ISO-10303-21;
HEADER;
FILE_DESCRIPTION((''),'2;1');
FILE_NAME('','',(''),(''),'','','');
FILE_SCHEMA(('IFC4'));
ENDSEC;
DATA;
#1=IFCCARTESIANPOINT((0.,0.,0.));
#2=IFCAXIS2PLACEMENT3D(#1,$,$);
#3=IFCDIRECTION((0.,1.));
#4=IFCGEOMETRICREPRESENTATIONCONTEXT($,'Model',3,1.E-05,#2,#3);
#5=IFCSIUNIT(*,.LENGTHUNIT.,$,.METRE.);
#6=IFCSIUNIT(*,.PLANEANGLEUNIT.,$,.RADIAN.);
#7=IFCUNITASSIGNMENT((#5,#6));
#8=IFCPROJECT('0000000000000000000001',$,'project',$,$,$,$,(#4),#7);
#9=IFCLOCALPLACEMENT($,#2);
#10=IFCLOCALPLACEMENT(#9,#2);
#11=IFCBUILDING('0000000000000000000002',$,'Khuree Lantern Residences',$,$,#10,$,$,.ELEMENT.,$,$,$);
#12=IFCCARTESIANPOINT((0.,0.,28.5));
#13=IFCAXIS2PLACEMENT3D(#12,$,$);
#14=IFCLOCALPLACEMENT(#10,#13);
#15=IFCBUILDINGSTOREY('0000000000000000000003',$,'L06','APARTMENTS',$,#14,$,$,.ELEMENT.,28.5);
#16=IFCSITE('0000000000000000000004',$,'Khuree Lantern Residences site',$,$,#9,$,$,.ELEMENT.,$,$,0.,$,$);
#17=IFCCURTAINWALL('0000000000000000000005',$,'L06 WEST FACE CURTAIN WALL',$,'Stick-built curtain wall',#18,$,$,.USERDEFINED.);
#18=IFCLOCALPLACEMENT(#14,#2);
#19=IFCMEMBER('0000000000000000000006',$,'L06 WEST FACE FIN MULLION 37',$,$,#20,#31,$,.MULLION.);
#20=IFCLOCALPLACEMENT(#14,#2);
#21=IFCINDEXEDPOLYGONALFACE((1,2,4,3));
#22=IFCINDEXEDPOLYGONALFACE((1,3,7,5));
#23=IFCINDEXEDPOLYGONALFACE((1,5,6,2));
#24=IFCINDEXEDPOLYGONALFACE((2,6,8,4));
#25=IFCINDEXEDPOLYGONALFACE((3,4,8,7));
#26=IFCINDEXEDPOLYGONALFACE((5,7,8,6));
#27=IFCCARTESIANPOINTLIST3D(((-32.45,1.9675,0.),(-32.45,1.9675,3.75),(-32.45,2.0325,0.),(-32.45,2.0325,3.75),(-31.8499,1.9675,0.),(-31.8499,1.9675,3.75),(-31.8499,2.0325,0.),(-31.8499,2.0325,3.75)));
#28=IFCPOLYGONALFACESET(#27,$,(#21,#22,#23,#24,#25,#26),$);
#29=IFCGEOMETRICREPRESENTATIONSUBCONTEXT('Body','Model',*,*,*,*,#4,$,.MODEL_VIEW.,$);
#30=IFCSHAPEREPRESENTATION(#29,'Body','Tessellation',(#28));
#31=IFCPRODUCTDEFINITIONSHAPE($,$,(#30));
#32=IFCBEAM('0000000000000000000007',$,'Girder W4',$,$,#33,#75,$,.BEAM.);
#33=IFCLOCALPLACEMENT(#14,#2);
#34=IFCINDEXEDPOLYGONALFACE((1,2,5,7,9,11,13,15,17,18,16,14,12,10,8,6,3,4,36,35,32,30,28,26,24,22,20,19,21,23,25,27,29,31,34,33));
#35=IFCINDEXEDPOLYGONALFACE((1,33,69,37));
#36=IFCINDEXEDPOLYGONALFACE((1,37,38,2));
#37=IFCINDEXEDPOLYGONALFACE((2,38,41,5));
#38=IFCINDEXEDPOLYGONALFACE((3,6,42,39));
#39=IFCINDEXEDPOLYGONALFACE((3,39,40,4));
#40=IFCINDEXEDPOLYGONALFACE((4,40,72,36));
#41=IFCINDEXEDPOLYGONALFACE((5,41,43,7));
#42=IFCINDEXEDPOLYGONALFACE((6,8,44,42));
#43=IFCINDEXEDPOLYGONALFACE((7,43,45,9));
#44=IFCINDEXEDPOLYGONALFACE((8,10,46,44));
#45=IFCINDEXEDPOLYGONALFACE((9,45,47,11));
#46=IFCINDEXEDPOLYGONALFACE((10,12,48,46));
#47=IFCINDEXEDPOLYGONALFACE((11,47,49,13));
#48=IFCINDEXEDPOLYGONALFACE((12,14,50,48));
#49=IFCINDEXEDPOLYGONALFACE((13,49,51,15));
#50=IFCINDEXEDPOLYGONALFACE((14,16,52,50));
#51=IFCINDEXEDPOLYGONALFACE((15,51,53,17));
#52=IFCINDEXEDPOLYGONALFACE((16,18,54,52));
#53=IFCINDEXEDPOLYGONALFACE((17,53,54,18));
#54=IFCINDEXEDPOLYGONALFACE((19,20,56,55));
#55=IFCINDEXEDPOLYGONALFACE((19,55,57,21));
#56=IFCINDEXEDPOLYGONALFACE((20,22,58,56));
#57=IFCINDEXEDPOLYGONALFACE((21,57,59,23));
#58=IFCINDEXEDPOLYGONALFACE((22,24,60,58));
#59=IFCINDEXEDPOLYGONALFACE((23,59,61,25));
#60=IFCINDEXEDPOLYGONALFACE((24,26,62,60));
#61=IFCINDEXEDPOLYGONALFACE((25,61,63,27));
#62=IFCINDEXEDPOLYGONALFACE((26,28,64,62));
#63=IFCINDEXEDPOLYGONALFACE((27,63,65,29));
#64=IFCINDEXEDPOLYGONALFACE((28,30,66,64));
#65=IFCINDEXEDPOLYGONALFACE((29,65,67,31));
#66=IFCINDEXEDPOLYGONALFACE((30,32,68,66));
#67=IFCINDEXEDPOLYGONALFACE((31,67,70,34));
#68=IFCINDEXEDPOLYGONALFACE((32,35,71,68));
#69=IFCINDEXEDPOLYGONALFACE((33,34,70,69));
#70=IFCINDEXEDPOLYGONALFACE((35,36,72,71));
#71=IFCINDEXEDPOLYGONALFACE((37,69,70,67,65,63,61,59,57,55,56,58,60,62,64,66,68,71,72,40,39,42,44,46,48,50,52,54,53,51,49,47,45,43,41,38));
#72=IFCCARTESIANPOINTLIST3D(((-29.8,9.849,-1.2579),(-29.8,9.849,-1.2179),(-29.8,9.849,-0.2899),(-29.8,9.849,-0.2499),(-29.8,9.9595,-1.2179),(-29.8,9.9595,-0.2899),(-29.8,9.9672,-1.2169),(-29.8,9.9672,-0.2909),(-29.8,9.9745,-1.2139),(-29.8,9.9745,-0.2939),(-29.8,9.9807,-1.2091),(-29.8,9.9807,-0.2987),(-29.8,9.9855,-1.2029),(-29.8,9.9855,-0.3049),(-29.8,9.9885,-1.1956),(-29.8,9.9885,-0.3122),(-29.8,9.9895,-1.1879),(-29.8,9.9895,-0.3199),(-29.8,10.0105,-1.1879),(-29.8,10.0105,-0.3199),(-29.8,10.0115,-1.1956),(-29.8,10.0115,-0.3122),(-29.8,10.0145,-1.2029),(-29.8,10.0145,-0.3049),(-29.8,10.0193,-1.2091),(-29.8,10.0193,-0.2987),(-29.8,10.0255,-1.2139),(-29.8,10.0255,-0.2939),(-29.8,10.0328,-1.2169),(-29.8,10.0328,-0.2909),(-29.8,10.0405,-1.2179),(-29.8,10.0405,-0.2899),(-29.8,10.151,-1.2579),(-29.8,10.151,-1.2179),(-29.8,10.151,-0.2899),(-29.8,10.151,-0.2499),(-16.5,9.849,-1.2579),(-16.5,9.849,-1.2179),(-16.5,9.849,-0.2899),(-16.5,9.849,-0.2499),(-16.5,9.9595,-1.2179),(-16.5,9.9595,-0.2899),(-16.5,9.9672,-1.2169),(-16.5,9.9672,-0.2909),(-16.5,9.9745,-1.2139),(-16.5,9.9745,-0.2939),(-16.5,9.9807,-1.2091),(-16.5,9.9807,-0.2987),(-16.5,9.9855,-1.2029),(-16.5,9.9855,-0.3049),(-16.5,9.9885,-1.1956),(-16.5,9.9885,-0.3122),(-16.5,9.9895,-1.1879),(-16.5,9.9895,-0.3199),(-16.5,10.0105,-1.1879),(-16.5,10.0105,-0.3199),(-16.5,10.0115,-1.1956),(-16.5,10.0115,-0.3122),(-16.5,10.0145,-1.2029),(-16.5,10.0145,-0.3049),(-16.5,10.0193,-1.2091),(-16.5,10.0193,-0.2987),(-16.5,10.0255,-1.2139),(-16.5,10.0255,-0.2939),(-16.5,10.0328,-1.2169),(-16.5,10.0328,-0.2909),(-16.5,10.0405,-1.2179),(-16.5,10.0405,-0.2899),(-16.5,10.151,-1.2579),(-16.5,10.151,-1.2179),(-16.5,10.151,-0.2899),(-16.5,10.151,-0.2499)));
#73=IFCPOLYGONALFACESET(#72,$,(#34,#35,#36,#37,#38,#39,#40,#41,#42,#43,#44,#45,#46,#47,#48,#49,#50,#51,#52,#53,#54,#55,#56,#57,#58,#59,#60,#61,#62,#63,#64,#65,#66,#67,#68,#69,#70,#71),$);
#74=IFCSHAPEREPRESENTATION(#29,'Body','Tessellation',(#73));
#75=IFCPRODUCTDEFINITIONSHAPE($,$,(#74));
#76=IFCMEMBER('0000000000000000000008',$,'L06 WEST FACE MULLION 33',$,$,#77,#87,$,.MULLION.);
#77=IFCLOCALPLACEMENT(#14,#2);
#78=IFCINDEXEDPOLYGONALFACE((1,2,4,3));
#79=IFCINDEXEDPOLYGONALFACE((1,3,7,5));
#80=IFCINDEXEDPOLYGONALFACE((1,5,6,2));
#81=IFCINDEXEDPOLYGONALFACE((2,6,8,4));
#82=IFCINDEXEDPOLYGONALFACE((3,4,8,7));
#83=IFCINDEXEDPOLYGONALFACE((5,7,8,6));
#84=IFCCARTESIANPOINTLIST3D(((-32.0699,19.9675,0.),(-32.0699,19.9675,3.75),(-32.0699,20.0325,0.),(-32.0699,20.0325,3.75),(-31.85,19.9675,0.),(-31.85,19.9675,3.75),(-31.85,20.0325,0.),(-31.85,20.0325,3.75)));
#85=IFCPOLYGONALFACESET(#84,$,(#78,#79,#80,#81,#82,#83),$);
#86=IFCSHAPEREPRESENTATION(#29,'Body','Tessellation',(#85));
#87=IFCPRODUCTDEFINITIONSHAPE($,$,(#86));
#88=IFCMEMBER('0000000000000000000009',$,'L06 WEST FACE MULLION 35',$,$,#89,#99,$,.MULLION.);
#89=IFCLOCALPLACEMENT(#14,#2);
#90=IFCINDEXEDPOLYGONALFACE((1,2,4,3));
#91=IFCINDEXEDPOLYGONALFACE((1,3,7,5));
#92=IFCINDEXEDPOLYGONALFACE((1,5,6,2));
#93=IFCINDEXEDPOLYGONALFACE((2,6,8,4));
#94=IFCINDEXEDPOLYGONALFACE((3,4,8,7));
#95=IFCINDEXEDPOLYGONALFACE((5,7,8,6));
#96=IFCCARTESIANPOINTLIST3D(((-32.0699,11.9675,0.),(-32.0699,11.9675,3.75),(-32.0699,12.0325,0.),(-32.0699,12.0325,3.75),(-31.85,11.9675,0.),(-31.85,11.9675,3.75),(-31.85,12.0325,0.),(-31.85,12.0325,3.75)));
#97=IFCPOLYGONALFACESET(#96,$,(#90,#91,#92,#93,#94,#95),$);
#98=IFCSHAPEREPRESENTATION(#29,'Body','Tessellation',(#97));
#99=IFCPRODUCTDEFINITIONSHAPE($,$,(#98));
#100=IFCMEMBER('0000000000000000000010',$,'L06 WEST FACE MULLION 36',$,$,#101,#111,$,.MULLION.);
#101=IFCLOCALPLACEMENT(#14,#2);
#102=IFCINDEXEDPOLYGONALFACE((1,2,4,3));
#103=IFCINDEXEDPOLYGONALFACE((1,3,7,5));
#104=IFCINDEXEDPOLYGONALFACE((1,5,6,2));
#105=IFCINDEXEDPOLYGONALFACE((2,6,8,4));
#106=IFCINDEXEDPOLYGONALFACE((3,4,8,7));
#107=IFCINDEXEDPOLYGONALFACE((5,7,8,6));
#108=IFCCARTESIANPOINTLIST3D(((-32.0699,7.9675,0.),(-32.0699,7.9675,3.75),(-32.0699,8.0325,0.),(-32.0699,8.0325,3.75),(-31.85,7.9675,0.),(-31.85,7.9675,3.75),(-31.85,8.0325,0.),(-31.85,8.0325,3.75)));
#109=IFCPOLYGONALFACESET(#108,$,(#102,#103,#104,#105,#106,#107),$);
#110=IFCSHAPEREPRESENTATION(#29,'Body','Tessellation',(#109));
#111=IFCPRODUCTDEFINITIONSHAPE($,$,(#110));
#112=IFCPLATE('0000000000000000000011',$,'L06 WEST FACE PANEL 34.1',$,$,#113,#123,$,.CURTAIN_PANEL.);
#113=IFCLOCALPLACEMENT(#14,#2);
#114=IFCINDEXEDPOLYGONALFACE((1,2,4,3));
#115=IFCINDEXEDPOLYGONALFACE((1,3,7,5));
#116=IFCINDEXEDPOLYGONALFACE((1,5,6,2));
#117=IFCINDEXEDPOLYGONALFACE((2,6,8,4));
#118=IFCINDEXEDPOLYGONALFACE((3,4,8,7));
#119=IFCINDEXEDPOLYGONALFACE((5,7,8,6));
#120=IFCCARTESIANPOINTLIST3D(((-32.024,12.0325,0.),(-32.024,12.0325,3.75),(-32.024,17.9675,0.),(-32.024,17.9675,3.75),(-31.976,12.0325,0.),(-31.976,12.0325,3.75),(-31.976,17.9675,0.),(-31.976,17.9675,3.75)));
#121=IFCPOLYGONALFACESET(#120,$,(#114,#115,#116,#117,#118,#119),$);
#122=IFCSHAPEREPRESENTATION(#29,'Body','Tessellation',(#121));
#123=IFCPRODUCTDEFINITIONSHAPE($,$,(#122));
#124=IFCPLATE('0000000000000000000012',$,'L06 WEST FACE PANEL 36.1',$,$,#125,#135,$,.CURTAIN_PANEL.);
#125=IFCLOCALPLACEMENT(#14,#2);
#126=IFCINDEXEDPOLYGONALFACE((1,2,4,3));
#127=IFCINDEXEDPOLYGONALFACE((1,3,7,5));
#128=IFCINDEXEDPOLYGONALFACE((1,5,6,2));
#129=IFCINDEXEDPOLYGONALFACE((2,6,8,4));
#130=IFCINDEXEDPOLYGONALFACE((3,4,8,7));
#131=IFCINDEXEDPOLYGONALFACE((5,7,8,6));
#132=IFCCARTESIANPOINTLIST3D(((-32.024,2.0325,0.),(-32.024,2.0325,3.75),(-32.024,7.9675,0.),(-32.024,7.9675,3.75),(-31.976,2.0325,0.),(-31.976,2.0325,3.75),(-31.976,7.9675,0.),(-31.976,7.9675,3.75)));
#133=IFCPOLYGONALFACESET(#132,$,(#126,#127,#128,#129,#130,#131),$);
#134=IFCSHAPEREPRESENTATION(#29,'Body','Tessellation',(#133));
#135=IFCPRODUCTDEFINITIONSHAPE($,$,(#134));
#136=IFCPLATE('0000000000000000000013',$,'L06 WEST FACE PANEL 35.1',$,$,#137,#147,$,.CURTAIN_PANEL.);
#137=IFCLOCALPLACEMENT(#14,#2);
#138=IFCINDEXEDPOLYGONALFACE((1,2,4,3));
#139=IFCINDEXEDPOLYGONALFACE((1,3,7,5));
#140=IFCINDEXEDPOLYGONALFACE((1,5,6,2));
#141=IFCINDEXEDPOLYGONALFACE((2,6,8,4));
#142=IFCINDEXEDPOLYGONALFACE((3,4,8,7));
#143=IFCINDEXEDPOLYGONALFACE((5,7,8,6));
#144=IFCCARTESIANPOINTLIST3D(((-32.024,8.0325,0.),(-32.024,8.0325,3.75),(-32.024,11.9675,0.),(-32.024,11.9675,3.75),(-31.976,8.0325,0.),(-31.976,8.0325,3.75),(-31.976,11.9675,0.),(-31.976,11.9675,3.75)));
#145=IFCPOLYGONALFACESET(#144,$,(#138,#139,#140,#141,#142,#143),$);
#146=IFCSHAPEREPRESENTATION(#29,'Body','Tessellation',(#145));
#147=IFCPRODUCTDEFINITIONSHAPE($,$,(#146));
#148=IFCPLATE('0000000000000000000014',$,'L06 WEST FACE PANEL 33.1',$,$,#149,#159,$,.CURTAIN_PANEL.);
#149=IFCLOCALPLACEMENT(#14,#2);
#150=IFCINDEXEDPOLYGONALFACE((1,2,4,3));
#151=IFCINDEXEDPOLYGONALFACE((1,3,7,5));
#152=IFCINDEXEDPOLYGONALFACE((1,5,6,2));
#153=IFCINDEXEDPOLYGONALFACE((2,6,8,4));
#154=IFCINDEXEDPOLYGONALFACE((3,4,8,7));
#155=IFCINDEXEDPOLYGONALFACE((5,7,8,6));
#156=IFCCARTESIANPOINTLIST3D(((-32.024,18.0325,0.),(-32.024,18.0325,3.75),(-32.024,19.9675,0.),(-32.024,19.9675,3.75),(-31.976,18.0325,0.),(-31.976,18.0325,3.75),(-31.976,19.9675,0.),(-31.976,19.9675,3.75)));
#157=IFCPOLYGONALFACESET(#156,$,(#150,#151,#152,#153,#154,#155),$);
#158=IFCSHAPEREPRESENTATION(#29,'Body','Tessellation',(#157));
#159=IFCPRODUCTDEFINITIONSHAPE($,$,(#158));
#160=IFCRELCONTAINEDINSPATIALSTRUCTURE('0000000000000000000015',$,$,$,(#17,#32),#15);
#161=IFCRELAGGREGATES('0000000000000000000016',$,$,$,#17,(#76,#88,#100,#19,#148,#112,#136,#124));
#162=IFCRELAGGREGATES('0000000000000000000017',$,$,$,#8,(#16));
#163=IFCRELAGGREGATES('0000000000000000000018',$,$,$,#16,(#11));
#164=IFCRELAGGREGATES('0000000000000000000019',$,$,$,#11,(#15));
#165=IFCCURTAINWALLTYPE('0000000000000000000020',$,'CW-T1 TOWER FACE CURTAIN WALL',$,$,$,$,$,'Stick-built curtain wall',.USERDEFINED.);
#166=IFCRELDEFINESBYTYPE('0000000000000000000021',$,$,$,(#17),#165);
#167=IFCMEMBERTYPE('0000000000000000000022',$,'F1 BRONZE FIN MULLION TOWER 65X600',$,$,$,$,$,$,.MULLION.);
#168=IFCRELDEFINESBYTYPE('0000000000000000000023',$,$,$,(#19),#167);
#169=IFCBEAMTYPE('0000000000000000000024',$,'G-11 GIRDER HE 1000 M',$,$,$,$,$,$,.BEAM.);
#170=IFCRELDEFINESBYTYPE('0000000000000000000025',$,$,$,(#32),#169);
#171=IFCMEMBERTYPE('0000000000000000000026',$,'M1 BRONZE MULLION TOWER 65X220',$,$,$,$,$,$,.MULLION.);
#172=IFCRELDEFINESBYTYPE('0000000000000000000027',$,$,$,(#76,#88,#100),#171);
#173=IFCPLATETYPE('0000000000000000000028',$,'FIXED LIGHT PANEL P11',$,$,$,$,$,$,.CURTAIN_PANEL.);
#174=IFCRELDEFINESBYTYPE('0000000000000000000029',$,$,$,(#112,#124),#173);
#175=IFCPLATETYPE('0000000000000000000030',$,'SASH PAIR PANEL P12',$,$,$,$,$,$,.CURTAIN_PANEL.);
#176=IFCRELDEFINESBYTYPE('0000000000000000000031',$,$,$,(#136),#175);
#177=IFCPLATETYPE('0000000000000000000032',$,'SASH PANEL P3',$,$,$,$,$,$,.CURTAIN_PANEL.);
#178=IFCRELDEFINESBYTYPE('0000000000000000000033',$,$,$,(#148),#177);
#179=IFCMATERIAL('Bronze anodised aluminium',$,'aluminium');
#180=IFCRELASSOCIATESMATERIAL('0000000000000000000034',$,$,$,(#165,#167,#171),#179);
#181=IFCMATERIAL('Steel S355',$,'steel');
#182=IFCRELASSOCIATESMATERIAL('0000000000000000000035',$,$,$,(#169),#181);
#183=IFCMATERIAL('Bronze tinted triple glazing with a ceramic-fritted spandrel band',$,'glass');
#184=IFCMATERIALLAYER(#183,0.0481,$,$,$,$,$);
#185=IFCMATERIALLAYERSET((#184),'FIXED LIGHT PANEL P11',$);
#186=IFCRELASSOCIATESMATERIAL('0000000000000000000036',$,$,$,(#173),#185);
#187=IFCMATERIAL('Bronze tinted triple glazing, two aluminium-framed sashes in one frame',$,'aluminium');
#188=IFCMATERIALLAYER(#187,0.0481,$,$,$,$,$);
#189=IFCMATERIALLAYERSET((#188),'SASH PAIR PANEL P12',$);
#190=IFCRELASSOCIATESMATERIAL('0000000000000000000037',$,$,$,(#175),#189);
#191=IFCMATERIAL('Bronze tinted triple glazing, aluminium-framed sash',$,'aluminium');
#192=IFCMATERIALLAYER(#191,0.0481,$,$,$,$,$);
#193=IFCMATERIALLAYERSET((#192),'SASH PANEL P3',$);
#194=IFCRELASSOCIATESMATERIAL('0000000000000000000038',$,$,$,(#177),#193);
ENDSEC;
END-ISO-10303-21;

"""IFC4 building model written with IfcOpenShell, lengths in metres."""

from ifc_helpers import new_model, si_unit, direction, frame, origin, origin_2d, place, context, subcontext, project, spatial, rectangle, i_section, extrude, material, layer, layer_set, material_profile, profile_set, type_object, element, aggregate, save


model = new_model("IFC4")

# Units and contexts
model_context = context("Model", 3, precision=1e-05, world=origin(), true_north=direction((0.0, 1.0)))
body_context = subcontext(model_context, "Body", "Model", "MODEL_VIEW")
ifc_project = project(units=[si_unit("LENGTHUNIT", "METRE"), si_unit("PLANEANGLEUNIT", "RADIAN")], contexts=[model_context])

# Site, building, storey
site_placement = place(None, origin())
site = spatial("IfcSite", under=ifc_project, at=site_placement, Name="Khuree Lantern Residences site", CompositionType="ELEMENT", RefElevation=0.0)
building_placement = place(site_placement, origin())
building = spatial("IfcBuilding", under=site, at=building_placement, Name="Khuree Lantern Residences", CompositionType="ELEMENT")
storey_placement = place(building_placement, frame((0.0, 0.0, 28.5)))
storey = spatial("IfcBuildingStorey", under=building, at=storey_placement, Name="L06", Description="APARTMENTS", CompositionType="ELEMENT", Elevation=28.5)

# Shared definitions
ifc_material_1 = material(Name="Steel S355", Category="steel")

# Curtain wall, member
ifc_material_2 = material(Name="Bronze anodised aluminium", Category="aluminium")
curtain_wall_type = type_object("IfcCurtainWallType", Name="CW-T1 TOWER FACE CURTAIN WALL", ElementType="Stick-built curtain wall", PredefinedType="USERDEFINED", material=ifc_material_2)
curtain_wall_placement = place(storey_placement, origin())
curtain_wall = element("IfcCurtainWall", 1, at=curtain_wall_placement, inside=storey, type_object=curtain_wall_type, Name="L06 WEST FACE CURTAIN WALL", ObjectType="Stick-built curtain wall", PredefinedType="USERDEFINED")
ifc_material_profile_1 = material_profile(ifc_material_2, rectangle(XDim=0.0649, YDim=0.6001, at=origin_2d()), Name="F1 65X600")
ifc_profile_set_1 = profile_set([ifc_material_profile_1], Name="Bronze anodised aluminium")
member_type_1 = type_object("IfcMemberType", Name="F1 BRONZE FIN MULLION TOWER 65X600", PredefinedType="MULLION", material=ifc_profile_set_1)
member_1_placement = place(storey_placement, frame((-32.1499, 2.0, 0.0), z_axis=(0.0, 0.0, 1.0), x_axis=(0.0, -1.0, 0.0)))
member_1 = element("IfcMember", 2, at=member_1_placement, type_object=member_type_1, Name="L06 WEST FACE FIN MULLION 37", PredefinedType="MULLION", context=body_context, shape_type="SweptSolid", body=[
    extrude(rectangle(XDim=0.0649, YDim=0.6001, at=origin_2d()), origin(), (0.0, 0.0, 1.0), 3.75),
])

# Beam
ifc_material_profile_2 = material_profile(ifc_material_1, i_section(OverallWidth=0.302, OverallDepth=1.0081, WebThickness=0.021, FlangeThickness=0.04, FilletRadius=0.03, at=origin_2d()), Name="HE 1000 M")
ifc_profile_set_2 = profile_set([ifc_material_profile_2], Name="Steel S355")
beam_type_1 = type_object("IfcBeamType", Name="G-11 GIRDER HE 1000 M", PredefinedType="BEAM", material=ifc_profile_set_2)
beam_1_placement = place(storey_placement, frame((-29.8, 10.0, -0.7539), z_axis=(1.0, 0.0, 0.0), x_axis=(0.0, 1.0, 0.0)))
element("IfcBeam", 3, at=beam_1_placement, inside=storey, type_object=beam_type_1, Name="Girder W4", PredefinedType="BEAM", context=body_context, shape_type="SweptSolid", body=[
    extrude(i_section(OverallWidth=0.302, OverallDepth=1.0081, WebThickness=0.021, FlangeThickness=0.04, FilletRadius=0.03, at=origin_2d()), origin(), (0.0, 0.0, 1.0), 13.3),
])

# Members
ifc_material_profile_3 = material_profile(ifc_material_2, rectangle(XDim=0.0649, YDim=0.22, at=origin_2d()), Name="M1 65X220")
ifc_profile_set_3 = profile_set([ifc_material_profile_3], Name="Bronze anodised aluminium")
member_type_2 = type_object("IfcMemberType", Name="M1 BRONZE MULLION TOWER 65X220", PredefinedType="MULLION", material=ifc_profile_set_3)
member_2_placement = place(storey_placement, frame((-31.96, 20.0, 0.0), z_axis=(0.0, 0.0, 1.0), x_axis=(0.0, -1.0, 0.0)))
member_2 = element("IfcMember", 4, at=member_2_placement, type_object=member_type_2, Name="L06 WEST FACE MULLION 33", PredefinedType="MULLION", context=body_context, shape_type="SweptSolid", body=[
    extrude(rectangle(XDim=0.0649, YDim=0.22, at=origin_2d()), origin(), (0.0, 0.0, 1.0), 3.75),
])
member_3_placement = place(storey_placement, frame((-31.96, 12.0, 0.0), z_axis=(0.0, 0.0, 1.0), x_axis=(0.0, -1.0, 0.0)))
member_3 = element("IfcMember", 5, at=member_3_placement, type_object=member_type_2, Name="L06 WEST FACE MULLION 35", PredefinedType="MULLION", context=body_context, shape_type="SweptSolid", body=[
    extrude(rectangle(XDim=0.0649, YDim=0.22, at=origin_2d()), origin(), (0.0, 0.0, 1.0), 3.75),
])
member_4_placement = place(storey_placement, frame((-31.96, 8.0, 0.0), z_axis=(0.0, 0.0, 1.0), x_axis=(0.0, -1.0, 0.0)))
member_4 = element("IfcMember", 6, at=member_4_placement, type_object=member_type_2, Name="L06 WEST FACE MULLION 36", PredefinedType="MULLION", context=body_context, shape_type="SweptSolid", body=[
    extrude(rectangle(XDim=0.0649, YDim=0.22, at=origin_2d()), origin(), (0.0, 0.0, 1.0), 3.75),
])

# Plates
ifc_material_3 = material(Name="Bronze tinted triple glazing with a ceramic-fritted spandrel band", Category="glass")
ifc_layer_1 = layer(ifc_material_3, 0.0481)
ifc_layer_set_1 = layer_set([ifc_layer_1], Name="FIXED LIGHT PANEL P11")
plate_type_1 = type_object("IfcPlateType", Name="FIXED LIGHT PANEL P11", PredefinedType="CURTAIN_PANEL", material=ifc_layer_set_1)
plate_1_placement = place(storey_placement, frame((-32.0, 15.0, 0.0), z_axis=(0.0, 0.0, 1.0), x_axis=(0.0, -1.0, 0.0)))
plate_1 = element("IfcPlate", 7, at=plate_1_placement, type_object=plate_type_1, Name="L06 WEST FACE PANEL 34.1", PredefinedType="CURTAIN_PANEL", context=body_context, shape_type="SweptSolid", body=[
    extrude(rectangle(XDim=5.9351, YDim=0.0481, at=origin_2d()), origin(), (0.0, 0.0, 1.0), 3.75),
])
plate_2_placement = place(storey_placement, frame((-32.0, 5.0, 0.0), z_axis=(0.0, 0.0, 1.0), x_axis=(0.0, -1.0, 0.0)))
plate_2 = element("IfcPlate", 8, at=plate_2_placement, type_object=plate_type_1, Name="L06 WEST FACE PANEL 36.1", PredefinedType="CURTAIN_PANEL", context=body_context, shape_type="SweptSolid", body=[
    extrude(rectangle(XDim=5.9351, YDim=0.0481, at=origin_2d()), origin(), (0.0, 0.0, 1.0), 3.75),
])
ifc_material_4 = material(Name="Bronze tinted triple glazing, two aluminium-framed sashes in one frame", Category="aluminium")
ifc_layer_2 = layer(ifc_material_4, 0.0481)
ifc_layer_set_2 = layer_set([ifc_layer_2], Name="SASH PAIR PANEL P12")
plate_type_2 = type_object("IfcPlateType", Name="SASH PAIR PANEL P12", PredefinedType="CURTAIN_PANEL", material=ifc_layer_set_2)
plate_3_placement = place(storey_placement, frame((-32.0, 10.0, 0.0), z_axis=(0.0, 0.0, 1.0), x_axis=(0.0, -1.0, 0.0)))
plate_3 = element("IfcPlate", 9, at=plate_3_placement, type_object=plate_type_2, Name="L06 WEST FACE PANEL 35.1", PredefinedType="CURTAIN_PANEL", context=body_context, shape_type="SweptSolid", body=[
    extrude(rectangle(XDim=3.9351, YDim=0.0481, at=origin_2d()), origin(), (0.0, 0.0, 1.0), 3.75),
])
ifc_material_5 = material(Name="Bronze tinted triple glazing, aluminium-framed sash", Category="aluminium")
ifc_layer_3 = layer(ifc_material_5, 0.0481)
ifc_layer_set_3 = layer_set([ifc_layer_3], Name="SASH PANEL P3")
plate_type_3 = type_object("IfcPlateType", Name="SASH PANEL P3", PredefinedType="CURTAIN_PANEL", material=ifc_layer_set_3)
plate_4_placement = place(storey_placement, frame((-32.0, 19.0, 0.0), z_axis=(0.0, 0.0, 1.0), x_axis=(0.0, -1.0, 0.0)))
plate_4 = element("IfcPlate", 10, at=plate_4_placement, type_object=plate_type_3, Name="L06 WEST FACE PANEL 33.1", PredefinedType="CURTAIN_PANEL", context=body_context, shape_type="SweptSolid", body=[
    extrude(rectangle(XDim=1.9351, YDim=0.0481, at=origin_2d()), origin(), (0.0, 0.0, 1.0), 3.75),
])
aggregate(curtain_wall, [member_2, member_3, member_4, member_1, plate_4, plate_1, plate_3, plate_2])

save(model, "model.ifc")
